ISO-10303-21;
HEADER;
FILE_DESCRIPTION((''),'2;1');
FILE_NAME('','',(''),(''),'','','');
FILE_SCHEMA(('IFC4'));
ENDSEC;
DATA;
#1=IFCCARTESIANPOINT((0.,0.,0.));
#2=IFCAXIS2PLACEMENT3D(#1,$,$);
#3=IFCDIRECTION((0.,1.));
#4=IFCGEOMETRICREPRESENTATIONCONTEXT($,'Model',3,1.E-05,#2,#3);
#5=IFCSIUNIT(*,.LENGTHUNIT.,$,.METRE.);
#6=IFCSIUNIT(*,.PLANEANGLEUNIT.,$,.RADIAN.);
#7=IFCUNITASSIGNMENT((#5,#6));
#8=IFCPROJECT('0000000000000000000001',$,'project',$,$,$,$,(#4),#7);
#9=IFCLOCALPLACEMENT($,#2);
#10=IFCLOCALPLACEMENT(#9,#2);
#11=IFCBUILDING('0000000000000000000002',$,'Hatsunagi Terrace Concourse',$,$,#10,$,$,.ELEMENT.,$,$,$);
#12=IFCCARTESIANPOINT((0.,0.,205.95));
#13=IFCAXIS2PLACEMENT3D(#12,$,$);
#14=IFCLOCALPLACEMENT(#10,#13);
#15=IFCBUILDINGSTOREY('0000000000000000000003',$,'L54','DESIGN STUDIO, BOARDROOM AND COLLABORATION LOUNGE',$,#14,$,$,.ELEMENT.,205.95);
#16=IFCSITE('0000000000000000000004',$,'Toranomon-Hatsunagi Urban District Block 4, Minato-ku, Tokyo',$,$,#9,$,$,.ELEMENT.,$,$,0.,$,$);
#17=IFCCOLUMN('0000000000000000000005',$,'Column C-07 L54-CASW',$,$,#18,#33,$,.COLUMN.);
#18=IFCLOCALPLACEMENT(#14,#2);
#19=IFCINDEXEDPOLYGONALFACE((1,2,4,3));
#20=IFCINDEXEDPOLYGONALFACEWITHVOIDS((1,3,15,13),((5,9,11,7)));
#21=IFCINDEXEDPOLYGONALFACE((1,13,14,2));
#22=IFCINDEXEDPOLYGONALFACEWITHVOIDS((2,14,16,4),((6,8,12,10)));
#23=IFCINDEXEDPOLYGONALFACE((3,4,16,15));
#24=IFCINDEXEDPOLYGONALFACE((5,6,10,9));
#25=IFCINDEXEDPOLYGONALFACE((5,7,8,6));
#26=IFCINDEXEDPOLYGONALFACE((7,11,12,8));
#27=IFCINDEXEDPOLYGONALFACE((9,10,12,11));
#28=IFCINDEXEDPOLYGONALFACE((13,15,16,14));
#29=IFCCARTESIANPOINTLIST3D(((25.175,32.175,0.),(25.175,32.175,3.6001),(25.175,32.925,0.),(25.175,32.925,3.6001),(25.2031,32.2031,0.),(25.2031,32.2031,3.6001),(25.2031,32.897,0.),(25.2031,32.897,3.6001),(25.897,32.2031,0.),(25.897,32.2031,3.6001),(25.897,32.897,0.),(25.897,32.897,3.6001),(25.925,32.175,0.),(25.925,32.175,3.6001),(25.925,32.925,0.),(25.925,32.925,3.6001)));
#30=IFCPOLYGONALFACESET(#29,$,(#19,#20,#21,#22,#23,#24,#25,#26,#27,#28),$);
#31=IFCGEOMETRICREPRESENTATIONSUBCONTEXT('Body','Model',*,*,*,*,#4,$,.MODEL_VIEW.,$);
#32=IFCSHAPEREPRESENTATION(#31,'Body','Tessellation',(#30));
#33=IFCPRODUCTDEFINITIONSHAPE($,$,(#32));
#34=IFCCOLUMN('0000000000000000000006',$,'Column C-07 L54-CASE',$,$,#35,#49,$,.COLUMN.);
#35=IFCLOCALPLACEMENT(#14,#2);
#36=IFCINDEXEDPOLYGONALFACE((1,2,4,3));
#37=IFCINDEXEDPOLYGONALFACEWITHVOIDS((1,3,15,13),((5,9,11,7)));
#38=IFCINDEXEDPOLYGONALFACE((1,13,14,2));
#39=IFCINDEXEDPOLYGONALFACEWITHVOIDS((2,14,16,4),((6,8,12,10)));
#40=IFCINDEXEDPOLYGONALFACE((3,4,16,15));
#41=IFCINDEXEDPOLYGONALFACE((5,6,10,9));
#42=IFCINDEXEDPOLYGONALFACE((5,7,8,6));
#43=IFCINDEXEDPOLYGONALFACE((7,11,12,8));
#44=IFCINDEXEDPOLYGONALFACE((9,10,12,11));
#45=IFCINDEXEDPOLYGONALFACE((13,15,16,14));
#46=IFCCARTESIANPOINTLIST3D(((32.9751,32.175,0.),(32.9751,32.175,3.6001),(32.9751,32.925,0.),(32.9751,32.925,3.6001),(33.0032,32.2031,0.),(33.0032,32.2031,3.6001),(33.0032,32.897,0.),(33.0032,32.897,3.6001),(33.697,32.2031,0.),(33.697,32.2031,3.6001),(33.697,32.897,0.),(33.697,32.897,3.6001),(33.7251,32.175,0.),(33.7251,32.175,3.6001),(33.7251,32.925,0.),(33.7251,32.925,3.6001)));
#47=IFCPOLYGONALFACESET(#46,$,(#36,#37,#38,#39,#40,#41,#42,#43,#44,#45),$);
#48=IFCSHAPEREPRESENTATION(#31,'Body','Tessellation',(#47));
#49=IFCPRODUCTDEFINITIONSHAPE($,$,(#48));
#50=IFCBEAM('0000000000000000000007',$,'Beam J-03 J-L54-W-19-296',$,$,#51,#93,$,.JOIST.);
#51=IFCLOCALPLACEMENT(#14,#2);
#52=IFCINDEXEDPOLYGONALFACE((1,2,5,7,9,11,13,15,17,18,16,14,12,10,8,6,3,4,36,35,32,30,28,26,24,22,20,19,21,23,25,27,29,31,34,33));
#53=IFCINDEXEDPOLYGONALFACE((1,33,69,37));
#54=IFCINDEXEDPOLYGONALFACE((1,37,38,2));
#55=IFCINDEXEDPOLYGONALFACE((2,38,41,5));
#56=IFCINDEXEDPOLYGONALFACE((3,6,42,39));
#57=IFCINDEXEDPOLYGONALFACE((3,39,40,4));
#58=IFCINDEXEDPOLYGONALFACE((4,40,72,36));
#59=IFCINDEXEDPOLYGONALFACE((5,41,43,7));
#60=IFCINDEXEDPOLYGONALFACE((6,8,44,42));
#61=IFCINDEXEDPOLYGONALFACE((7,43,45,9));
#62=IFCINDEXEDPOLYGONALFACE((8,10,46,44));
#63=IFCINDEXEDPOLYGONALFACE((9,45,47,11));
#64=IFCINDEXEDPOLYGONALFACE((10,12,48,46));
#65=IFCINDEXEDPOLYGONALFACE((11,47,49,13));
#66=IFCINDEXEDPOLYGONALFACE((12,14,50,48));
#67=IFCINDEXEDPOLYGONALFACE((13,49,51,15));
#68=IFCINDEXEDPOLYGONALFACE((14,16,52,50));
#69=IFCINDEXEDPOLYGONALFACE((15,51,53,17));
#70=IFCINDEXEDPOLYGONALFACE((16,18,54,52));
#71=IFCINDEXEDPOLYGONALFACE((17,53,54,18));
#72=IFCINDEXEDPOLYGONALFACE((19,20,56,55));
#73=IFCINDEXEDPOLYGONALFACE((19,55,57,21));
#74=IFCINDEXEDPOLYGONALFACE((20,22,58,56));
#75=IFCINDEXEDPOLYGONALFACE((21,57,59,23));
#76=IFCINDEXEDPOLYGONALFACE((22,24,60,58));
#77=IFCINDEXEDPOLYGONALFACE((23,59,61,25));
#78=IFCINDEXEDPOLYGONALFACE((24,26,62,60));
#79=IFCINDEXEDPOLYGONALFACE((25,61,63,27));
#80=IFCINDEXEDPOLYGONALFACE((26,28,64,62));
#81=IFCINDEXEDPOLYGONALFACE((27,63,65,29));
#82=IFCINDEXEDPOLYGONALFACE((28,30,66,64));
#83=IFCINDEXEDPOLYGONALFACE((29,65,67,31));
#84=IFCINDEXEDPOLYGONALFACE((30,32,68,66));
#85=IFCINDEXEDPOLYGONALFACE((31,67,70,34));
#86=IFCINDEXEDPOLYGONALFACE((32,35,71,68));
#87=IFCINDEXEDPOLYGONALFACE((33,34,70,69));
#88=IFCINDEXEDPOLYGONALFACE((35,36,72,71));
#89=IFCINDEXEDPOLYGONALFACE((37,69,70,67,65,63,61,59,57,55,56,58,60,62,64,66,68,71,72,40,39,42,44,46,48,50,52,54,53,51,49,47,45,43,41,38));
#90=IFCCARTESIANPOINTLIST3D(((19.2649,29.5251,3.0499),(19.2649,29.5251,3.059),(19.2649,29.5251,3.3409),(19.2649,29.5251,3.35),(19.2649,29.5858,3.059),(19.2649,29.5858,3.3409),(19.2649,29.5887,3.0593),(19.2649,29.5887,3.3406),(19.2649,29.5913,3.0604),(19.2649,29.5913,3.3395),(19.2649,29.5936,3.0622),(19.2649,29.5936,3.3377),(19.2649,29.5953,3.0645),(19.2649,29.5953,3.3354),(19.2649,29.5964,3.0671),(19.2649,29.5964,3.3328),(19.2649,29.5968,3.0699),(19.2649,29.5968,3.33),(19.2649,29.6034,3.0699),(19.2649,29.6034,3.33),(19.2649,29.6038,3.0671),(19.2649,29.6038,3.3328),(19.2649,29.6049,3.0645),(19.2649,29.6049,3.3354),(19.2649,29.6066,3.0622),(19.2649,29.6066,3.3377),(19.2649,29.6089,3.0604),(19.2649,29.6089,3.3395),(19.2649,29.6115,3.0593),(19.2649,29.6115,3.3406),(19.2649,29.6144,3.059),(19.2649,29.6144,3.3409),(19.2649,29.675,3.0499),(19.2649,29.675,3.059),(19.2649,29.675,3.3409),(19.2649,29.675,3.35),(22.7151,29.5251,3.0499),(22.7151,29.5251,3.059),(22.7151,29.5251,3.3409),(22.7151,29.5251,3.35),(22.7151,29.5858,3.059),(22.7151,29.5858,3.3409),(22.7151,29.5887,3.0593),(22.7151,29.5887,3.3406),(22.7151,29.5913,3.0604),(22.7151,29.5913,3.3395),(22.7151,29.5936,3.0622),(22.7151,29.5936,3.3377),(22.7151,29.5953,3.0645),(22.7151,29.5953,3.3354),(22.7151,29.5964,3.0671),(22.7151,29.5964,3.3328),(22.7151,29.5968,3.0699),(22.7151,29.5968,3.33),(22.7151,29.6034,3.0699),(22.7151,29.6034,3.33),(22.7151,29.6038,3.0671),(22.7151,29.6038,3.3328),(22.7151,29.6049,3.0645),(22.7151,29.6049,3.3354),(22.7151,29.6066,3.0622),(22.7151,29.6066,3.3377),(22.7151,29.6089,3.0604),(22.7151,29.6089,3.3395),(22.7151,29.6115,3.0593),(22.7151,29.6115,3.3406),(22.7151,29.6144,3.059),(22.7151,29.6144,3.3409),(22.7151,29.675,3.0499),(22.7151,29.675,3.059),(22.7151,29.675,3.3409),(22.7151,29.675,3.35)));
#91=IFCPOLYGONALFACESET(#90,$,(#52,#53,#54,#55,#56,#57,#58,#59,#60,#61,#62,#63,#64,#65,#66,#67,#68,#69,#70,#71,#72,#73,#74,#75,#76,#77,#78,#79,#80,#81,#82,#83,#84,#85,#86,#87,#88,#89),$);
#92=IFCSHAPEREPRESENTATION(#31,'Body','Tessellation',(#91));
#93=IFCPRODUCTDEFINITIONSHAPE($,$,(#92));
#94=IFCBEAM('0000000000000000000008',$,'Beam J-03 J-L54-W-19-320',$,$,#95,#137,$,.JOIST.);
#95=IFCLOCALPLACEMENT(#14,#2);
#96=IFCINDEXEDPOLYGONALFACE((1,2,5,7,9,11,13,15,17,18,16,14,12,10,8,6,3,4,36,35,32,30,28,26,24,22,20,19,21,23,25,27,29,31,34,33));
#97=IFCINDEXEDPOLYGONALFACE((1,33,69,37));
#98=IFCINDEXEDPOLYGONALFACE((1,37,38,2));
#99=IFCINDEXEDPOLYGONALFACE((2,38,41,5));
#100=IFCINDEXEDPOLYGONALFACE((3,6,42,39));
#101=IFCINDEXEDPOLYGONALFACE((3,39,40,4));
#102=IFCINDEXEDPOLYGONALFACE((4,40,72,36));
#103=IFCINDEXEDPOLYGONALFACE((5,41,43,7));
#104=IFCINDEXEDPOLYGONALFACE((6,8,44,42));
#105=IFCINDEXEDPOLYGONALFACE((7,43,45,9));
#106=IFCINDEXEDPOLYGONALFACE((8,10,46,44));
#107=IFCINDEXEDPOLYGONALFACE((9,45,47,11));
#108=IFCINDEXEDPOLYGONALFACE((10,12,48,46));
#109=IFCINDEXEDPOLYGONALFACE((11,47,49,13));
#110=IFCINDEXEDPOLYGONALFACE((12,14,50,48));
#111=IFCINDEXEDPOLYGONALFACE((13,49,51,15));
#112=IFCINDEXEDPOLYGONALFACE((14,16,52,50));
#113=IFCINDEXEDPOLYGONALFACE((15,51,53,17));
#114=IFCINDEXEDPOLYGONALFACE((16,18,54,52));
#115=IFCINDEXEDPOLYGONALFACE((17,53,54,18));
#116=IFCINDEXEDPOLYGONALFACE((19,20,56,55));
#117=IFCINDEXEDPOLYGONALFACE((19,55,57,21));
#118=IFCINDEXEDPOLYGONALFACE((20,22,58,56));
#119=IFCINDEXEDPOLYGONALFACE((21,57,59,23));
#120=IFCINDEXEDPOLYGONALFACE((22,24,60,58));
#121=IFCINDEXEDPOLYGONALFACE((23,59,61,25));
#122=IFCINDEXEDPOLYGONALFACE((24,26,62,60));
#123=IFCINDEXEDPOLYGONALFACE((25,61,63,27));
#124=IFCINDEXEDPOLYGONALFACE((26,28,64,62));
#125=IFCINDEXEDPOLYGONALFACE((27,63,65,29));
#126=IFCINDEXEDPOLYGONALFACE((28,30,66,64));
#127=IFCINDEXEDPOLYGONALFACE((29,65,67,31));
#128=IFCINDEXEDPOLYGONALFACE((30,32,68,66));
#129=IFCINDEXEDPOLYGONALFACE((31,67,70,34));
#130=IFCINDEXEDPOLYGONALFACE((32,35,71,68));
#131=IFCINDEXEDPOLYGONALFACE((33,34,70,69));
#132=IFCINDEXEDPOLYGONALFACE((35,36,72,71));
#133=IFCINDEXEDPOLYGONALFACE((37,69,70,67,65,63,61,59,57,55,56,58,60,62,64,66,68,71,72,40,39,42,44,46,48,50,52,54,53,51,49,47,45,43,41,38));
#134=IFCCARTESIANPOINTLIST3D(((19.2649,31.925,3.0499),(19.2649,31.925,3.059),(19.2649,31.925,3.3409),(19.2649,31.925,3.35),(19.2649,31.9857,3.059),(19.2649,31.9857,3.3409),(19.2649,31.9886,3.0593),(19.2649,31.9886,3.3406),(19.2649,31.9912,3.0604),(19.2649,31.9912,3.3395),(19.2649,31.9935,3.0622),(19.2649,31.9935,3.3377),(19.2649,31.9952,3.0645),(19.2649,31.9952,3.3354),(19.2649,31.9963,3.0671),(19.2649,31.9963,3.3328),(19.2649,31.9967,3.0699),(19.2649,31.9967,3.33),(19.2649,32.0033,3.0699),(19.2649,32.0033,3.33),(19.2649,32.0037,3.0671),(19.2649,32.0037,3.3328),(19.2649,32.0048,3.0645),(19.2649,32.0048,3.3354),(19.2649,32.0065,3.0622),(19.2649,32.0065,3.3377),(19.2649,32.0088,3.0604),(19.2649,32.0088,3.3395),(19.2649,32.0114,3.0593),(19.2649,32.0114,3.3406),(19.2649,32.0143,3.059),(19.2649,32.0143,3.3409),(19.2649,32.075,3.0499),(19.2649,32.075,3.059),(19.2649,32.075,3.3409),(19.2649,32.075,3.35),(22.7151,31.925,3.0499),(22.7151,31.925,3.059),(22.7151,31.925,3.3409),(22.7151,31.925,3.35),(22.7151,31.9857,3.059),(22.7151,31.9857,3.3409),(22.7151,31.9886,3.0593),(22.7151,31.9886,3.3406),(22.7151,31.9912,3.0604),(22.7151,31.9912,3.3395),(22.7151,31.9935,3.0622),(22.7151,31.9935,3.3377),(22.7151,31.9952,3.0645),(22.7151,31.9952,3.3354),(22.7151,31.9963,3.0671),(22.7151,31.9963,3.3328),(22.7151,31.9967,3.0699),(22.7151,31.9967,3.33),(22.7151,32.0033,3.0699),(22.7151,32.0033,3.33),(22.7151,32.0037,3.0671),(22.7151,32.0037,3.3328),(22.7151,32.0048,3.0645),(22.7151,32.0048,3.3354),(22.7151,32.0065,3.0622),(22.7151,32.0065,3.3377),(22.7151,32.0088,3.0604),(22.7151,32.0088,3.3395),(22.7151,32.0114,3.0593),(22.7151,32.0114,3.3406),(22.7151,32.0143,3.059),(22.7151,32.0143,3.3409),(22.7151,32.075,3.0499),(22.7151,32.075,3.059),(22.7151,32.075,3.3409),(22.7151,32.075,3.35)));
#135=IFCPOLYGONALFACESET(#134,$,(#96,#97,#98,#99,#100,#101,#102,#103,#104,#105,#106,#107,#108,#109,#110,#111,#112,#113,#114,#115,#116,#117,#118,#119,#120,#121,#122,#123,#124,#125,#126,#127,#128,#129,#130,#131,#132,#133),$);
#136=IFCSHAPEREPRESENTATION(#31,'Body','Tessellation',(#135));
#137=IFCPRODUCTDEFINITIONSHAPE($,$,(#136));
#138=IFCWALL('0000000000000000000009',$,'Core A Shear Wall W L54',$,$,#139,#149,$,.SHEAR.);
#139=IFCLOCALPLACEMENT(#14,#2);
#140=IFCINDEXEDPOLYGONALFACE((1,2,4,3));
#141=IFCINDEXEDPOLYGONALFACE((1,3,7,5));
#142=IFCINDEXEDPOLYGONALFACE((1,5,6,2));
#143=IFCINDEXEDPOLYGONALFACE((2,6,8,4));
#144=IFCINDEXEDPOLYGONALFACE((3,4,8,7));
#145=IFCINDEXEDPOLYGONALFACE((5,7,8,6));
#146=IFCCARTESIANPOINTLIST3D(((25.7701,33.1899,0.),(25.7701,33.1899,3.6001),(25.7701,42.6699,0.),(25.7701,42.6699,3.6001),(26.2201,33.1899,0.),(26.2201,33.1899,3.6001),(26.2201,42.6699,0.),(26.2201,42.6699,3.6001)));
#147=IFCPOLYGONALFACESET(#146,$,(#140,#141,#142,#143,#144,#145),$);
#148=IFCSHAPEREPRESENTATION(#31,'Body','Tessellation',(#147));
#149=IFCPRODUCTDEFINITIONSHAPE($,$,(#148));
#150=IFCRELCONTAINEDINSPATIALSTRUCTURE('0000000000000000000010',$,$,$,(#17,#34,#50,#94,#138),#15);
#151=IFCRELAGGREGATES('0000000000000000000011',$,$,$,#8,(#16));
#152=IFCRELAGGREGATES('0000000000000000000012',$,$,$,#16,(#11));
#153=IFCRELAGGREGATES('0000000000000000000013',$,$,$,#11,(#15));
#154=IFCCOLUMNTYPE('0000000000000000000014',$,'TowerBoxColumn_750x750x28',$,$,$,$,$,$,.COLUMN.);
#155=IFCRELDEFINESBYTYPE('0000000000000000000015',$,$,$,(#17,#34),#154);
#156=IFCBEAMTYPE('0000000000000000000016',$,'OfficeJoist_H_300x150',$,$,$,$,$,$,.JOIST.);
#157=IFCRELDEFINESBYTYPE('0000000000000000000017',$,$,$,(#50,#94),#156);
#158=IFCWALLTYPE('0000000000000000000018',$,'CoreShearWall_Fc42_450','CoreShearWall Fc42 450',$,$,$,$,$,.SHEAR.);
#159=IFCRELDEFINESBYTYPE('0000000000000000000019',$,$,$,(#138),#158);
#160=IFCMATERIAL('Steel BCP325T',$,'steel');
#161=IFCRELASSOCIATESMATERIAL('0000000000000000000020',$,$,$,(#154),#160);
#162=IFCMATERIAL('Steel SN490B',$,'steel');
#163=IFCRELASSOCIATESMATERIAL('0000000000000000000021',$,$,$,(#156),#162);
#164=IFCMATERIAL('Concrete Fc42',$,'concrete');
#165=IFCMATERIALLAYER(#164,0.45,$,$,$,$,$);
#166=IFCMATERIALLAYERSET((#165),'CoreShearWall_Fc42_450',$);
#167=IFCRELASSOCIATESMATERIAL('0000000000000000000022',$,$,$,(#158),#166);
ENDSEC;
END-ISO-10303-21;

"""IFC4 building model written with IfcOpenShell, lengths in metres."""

from ifc_helpers import new_model, si_unit, direction, frame, frame_2d, origin, origin_2d, place, context, subcontext, project, spatial, rectangle, hollow_rectangle, i_section, extrude, material, layer, layer_set, material_profile, profile_set, type_object, element, save


model = new_model("IFC4")

# Units and contexts
model_context = context("Model", 3, precision=1e-05, world=origin(), true_north=direction((0.0, 1.0)))
body_context = subcontext(model_context, "Body", "Model", "MODEL_VIEW")
ifc_project = project(units=[si_unit("LENGTHUNIT", "METRE"), si_unit("PLANEANGLEUNIT", "RADIAN")], contexts=[model_context])

# Site, building, storey
site_placement = place(None, origin())
site = spatial("IfcSite", under=ifc_project, at=site_placement, Name="Toranomon-Hatsunagi Urban District Block 4, Minato-ku, Tokyo", CompositionType="ELEMENT", RefElevation=0.0)
building_placement = place(site_placement, origin())
building = spatial("IfcBuilding", under=site, at=building_placement, Name="Hatsunagi Terrace Concourse", CompositionType="ELEMENT")
storey_placement = place(building_placement, frame((0.0, 0.0, 205.95)))
storey = spatial("IfcBuildingStorey", under=building, at=storey_placement, Name="L54", Description="DESIGN STUDIO, BOARDROOM AND COLLABORATION LOUNGE", CompositionType="ELEMENT", Elevation=205.95)

# Columns
ifc_material_1 = material(Name="Steel BCP325T", Category="steel")
ifc_material_profile_1 = material_profile(ifc_material_1, hollow_rectangle(XDim=0.75, YDim=0.75, WallThickness=0.0281, at=origin_2d()), Name="BCP-750x750x28")
ifc_profile_set_1 = profile_set([ifc_material_profile_1], Name="Steel BCP325T")
column_type = type_object("IfcColumnType", Name="TowerBoxColumn_750x750x28", PredefinedType="COLUMN", material=ifc_profile_set_1)
for number, where, z_axis, x_axis, name in (
    (1, (25.55, 32.55, 0.0), (0.0, 0.0, 1.0), (1.0, 0.0, 0.0), "Column C-07 L54-CASW"),
    (2, (33.3501, 32.55, 0.0), (0.0, 0.0, 1.0), (1.0, 0.0, 0.0), "Column C-07 L54-CASE"),
):
    element("IfcColumn", number, at=place(storey_placement, frame(where, z_axis=z_axis, x_axis=x_axis)), inside=storey, type_object=column_type, Name=name, PredefinedType="COLUMN", context=body_context, shape_type="SweptSolid", body=[
        extrude(hollow_rectangle(XDim=0.75, YDim=0.75, WallThickness=0.0281, at=origin_2d()), origin(), (0.0, 0.0, 1.0), 3.6001),
    ])

# Beams
ifc_material_2 = material(Name="Steel SN490B", Category="steel")
ifc_material_profile_2 = material_profile(ifc_material_2, i_section(OverallWidth=0.1499, OverallDepth=0.3, WebThickness=0.0066, FlangeThickness=0.009, FilletRadius=0.011, at=origin_2d()), Name="H-300x150x6.5x9")
ifc_profile_set_2 = profile_set([ifc_material_profile_2], Name="Steel SN490B")
beam_type = type_object("IfcBeamType", Name="OfficeJoist_H_300x150", PredefinedType="JOIST", material=ifc_profile_set_2)
for number, where, z_axis, x_axis, name in (
    (3, (19.2649, 29.6001, 3.2), (1.0, 0.0, 0.0), (0.0, 1.0, 0.0), "Beam J-03 J-L54-W-19-296"),
    (4, (19.2649, 32.0, 3.2), (1.0, 0.0, 0.0), (0.0, 1.0, 0.0), "Beam J-03 J-L54-W-19-320"),
):
    element("IfcBeam", number, at=place(storey_placement, frame(where, z_axis=z_axis, x_axis=x_axis)), inside=storey, type_object=beam_type, Name=name, PredefinedType="JOIST", context=body_context, shape_type="SweptSolid", body=[
        extrude(i_section(OverallWidth=0.1499, OverallDepth=0.3, WebThickness=0.0066, FlangeThickness=0.009, FilletRadius=0.011, at=origin_2d()), origin(), (0.0, 0.0, 1.0), 3.4502),
    ])

# Shared definitions
ifc_material_3 = material(Name="Concrete Fc42", Category="concrete")
ifc_layer_1 = layer(ifc_material_3, 0.45)
ifc_layer_set_1 = layer_set([ifc_layer_1], Name="CoreShearWall_Fc42_450")
wall_type_1 = type_object("IfcWallType", Name="CoreShearWall_Fc42_450", Description="CoreShearWall Fc42 450", PredefinedType="SHEAR", material=ifc_layer_set_1)

# Wall
wall_1_placement = place(storey_placement, frame((25.9951, 33.1899, 0.0), z_axis=(0.0, 0.0, 1.0), x_axis=(0.0, 1.0, 0.0)))
element("IfcWall", 5, at=wall_1_placement, inside=storey, type_object=wall_type_1, Name="Core A Shear Wall W L54", PredefinedType="SHEAR", context=body_context, shape_type="SweptSolid", body=[
    extrude(rectangle(XDim=9.48, YDim=0.45, at=frame_2d((4.74, 0.0))), origin(), (0.0, 0.0, 1.0), 3.6001),
])

save(model, "model.ifc")
